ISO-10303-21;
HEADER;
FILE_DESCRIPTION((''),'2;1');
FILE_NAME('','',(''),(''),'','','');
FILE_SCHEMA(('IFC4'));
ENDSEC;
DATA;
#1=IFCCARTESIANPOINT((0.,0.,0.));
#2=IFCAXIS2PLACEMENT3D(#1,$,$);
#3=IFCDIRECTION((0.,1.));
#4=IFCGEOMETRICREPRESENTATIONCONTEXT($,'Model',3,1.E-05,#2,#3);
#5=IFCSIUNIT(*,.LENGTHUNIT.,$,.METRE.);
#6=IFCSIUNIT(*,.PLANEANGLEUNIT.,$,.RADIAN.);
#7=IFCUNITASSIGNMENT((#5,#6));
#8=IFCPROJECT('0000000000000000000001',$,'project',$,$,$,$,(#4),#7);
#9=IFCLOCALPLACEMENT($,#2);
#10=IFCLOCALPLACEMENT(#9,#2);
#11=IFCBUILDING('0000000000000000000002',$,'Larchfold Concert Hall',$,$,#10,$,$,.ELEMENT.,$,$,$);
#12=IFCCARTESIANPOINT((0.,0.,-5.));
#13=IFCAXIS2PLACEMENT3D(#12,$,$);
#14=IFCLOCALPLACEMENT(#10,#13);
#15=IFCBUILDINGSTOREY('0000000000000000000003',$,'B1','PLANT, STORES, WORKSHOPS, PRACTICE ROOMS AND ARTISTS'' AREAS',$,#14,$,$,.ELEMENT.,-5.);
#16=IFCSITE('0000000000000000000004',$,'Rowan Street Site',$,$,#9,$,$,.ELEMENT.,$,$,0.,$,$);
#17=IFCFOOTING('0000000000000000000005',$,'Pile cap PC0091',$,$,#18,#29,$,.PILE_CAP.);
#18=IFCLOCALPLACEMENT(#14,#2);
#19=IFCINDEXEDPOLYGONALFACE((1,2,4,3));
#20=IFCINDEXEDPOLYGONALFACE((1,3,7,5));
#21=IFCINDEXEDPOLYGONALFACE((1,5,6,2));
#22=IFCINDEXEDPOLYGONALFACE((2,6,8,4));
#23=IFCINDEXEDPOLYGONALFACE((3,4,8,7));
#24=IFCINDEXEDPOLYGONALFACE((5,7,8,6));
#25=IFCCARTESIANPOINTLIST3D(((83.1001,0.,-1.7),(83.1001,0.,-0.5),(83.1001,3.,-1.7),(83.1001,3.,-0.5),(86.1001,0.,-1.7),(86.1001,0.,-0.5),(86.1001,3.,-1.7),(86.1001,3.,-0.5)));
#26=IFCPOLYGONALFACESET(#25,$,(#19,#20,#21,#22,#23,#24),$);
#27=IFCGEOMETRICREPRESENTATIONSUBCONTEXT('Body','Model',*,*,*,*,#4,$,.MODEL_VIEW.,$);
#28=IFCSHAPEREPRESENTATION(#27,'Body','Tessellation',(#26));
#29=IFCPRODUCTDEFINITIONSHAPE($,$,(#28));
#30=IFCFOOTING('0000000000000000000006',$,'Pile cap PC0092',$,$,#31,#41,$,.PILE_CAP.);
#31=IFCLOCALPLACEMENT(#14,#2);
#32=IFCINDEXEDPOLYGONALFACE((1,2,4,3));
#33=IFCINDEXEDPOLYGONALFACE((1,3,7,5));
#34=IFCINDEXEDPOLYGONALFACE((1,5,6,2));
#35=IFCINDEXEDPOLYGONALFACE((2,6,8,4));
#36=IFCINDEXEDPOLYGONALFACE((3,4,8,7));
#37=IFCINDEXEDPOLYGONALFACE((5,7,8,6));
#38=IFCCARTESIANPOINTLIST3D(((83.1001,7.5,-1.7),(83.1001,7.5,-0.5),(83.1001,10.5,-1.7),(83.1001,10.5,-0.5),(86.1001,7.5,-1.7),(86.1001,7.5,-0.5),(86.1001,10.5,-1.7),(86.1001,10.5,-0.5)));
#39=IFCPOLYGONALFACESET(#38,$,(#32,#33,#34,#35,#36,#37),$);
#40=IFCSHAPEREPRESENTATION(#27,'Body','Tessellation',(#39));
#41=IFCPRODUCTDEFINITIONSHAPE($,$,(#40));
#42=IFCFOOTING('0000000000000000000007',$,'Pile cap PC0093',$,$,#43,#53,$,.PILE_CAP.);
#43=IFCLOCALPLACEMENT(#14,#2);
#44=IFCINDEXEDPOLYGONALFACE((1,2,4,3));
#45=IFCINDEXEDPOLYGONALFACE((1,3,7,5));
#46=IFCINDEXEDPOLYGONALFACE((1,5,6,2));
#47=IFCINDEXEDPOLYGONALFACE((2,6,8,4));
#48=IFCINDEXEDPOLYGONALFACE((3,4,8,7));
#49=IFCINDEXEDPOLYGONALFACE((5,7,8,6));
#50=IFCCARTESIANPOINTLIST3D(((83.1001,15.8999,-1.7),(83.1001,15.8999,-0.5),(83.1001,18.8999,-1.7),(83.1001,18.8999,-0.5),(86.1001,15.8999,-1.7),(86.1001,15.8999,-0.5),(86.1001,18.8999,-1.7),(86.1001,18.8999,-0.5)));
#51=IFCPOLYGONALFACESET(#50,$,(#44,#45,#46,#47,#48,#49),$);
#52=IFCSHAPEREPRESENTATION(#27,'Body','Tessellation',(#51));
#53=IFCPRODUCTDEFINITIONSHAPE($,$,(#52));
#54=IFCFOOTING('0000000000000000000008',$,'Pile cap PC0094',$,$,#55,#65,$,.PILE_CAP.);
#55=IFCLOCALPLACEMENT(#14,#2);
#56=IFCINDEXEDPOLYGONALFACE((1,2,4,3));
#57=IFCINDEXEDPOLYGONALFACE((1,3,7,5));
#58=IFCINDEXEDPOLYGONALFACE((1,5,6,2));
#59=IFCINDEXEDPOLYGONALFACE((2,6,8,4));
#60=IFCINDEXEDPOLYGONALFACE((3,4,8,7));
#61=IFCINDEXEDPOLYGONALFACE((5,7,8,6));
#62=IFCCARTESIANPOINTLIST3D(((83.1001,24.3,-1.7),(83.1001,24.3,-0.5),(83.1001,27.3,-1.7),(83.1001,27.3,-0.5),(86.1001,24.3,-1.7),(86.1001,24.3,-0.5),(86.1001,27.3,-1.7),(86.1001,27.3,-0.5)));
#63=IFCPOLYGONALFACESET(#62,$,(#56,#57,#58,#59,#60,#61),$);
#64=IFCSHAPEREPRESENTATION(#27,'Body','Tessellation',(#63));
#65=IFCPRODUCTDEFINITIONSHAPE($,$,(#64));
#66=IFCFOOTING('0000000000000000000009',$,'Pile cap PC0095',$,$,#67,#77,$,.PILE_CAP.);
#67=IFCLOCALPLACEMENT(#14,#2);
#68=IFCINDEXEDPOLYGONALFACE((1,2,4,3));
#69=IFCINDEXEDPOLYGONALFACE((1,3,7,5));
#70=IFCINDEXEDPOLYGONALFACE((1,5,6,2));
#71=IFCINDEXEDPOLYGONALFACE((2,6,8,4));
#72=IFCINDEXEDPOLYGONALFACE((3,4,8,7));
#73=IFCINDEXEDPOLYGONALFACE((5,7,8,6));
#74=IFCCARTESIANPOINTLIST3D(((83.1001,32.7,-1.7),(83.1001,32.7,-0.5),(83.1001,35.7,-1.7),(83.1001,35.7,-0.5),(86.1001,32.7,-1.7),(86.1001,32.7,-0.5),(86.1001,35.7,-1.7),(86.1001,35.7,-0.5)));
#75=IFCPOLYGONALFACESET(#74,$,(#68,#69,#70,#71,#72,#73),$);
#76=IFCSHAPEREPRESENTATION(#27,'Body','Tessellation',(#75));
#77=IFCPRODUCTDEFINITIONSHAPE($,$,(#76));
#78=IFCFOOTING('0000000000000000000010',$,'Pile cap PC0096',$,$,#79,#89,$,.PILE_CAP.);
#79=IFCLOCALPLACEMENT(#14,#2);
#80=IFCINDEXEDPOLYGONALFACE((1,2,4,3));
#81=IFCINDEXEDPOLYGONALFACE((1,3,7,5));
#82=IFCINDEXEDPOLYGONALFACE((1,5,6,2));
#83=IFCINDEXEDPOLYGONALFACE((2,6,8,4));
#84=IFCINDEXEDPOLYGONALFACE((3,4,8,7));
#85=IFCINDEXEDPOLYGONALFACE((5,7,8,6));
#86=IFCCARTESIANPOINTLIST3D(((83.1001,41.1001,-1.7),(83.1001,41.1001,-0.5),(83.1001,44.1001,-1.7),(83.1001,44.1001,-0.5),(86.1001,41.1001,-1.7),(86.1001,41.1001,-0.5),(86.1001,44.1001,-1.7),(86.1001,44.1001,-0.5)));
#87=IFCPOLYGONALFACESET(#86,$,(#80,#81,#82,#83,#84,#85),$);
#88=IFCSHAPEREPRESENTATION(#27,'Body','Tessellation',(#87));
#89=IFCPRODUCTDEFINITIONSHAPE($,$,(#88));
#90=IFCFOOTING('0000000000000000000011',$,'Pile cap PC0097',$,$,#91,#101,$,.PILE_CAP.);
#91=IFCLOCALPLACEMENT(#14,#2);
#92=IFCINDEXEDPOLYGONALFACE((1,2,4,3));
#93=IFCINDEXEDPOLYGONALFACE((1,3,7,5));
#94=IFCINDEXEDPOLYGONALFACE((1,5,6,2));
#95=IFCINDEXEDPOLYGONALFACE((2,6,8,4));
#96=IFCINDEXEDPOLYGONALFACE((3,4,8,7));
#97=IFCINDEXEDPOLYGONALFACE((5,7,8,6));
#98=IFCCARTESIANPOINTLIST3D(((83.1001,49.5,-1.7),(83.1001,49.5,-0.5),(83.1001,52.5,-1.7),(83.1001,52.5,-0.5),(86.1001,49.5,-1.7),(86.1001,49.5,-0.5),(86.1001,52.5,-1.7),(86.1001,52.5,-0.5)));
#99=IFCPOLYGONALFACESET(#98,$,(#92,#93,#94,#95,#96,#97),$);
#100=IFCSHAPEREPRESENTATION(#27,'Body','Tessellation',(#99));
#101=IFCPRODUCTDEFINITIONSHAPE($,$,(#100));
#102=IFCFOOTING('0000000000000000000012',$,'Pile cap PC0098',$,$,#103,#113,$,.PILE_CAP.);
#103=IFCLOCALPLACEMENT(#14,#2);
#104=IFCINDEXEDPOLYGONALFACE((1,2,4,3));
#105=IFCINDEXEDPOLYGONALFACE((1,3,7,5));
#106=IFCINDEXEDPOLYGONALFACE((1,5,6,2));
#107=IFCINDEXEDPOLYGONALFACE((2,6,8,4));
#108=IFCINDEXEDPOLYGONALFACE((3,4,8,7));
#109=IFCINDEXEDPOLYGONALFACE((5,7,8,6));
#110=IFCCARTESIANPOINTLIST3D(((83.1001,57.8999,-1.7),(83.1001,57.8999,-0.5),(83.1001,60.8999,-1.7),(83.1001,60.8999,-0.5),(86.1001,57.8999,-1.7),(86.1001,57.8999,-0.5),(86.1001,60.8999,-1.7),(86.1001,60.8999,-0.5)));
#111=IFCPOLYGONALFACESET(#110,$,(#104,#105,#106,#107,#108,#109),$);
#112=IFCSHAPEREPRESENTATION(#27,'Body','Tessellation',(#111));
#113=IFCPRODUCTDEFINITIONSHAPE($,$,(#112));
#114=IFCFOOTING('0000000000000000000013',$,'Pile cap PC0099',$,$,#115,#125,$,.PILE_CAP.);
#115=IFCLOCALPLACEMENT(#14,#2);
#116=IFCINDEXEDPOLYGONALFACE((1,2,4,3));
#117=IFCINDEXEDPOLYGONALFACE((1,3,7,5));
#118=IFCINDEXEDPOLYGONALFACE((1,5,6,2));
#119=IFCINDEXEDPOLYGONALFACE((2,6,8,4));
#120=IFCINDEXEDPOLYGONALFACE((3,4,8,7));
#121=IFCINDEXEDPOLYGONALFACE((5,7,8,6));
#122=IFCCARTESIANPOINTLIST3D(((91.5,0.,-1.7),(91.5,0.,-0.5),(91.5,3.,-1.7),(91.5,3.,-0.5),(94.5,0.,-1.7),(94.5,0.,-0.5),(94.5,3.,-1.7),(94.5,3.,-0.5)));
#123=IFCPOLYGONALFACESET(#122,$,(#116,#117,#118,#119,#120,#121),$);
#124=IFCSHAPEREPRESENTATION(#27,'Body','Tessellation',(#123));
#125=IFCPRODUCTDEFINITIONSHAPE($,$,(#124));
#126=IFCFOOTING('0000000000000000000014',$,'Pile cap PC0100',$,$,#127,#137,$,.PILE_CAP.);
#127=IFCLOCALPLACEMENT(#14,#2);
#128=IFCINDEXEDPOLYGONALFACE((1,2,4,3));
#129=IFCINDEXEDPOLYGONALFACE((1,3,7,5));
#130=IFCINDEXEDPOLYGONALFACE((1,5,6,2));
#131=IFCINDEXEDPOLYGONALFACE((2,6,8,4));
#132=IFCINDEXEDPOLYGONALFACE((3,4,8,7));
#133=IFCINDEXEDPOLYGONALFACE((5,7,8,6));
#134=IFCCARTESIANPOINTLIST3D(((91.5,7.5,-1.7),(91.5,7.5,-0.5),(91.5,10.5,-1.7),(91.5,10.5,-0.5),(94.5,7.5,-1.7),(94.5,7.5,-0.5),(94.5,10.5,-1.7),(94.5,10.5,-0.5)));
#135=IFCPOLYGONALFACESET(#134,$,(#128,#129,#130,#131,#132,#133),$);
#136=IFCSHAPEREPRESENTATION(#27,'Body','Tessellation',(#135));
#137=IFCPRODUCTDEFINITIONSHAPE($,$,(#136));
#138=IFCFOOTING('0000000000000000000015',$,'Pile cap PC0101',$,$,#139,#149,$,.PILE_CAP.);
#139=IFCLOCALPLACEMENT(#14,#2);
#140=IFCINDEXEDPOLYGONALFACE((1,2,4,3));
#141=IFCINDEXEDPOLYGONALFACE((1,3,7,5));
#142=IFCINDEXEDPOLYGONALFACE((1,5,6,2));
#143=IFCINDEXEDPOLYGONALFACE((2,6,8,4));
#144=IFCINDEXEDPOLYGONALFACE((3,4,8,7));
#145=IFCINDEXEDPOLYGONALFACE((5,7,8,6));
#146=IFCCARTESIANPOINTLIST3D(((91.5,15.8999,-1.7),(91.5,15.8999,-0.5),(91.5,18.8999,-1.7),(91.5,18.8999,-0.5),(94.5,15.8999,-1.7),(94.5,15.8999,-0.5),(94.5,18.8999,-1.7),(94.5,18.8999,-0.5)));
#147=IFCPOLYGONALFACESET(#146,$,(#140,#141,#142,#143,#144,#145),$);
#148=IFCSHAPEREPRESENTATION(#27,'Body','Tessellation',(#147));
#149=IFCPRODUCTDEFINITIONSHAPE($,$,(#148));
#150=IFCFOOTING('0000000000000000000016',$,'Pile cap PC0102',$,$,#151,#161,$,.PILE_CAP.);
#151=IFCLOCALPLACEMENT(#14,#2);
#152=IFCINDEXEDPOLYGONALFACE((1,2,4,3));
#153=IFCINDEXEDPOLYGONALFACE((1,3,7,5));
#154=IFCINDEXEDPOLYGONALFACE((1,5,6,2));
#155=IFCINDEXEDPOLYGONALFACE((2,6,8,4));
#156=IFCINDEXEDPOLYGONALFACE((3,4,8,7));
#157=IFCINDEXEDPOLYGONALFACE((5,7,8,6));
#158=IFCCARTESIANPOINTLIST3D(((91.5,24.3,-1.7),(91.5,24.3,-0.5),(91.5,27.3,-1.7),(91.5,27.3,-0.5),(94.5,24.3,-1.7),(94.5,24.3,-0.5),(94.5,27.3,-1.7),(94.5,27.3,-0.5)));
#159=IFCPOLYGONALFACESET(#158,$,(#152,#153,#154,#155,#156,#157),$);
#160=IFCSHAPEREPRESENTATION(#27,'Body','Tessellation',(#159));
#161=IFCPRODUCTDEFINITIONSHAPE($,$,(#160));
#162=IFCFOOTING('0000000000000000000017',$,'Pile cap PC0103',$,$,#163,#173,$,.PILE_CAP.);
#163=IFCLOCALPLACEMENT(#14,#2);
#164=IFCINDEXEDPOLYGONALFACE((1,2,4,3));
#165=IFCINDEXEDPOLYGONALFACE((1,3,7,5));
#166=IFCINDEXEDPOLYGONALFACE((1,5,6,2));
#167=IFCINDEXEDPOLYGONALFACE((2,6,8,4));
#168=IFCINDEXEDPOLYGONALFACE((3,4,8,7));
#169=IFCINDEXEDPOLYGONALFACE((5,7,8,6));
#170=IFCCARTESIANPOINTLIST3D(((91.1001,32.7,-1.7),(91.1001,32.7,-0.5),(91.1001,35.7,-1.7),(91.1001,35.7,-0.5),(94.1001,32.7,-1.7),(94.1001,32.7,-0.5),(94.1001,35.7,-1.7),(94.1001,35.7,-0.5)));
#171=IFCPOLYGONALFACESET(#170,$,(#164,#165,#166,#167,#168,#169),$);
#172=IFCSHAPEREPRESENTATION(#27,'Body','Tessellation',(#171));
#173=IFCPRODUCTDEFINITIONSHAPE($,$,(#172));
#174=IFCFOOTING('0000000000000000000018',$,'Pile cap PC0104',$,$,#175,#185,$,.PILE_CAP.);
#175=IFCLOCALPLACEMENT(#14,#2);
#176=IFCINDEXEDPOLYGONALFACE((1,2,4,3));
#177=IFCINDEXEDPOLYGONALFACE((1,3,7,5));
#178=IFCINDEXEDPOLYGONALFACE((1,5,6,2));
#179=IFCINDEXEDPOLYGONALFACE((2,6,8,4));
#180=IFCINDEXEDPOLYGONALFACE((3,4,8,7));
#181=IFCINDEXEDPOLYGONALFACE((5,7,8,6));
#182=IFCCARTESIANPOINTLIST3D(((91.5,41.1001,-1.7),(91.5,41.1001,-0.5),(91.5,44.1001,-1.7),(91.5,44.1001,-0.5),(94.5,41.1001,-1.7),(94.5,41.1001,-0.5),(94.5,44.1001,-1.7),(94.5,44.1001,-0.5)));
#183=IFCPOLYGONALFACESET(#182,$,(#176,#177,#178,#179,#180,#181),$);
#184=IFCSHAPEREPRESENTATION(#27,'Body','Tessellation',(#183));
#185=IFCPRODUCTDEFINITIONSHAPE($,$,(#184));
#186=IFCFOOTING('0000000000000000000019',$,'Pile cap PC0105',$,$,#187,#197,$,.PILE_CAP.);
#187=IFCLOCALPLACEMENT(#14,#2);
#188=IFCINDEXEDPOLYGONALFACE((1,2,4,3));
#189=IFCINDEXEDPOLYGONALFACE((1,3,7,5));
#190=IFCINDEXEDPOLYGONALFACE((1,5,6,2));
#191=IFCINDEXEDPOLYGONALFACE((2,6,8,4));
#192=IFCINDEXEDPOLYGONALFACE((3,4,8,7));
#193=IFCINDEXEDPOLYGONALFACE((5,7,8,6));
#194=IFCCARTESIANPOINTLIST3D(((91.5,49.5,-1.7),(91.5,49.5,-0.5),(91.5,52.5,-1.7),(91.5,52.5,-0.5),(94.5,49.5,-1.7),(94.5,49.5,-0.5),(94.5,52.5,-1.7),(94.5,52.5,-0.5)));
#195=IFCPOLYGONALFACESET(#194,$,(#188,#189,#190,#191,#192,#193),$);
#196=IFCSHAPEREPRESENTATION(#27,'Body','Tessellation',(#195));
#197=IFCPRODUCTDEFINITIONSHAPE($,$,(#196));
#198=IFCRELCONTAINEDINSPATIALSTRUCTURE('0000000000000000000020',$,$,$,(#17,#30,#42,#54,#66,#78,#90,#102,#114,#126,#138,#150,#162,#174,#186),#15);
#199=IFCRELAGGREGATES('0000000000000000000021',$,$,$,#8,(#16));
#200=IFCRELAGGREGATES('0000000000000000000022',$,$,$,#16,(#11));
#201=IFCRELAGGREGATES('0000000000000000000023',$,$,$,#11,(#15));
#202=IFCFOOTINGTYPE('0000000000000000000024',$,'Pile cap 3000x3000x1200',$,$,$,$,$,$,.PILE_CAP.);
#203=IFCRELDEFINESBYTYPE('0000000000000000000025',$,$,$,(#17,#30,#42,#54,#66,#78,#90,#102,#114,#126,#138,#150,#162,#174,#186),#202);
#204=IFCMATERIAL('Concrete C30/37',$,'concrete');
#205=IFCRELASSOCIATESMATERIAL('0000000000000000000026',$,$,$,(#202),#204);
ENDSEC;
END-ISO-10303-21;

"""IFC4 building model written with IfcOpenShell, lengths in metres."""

from ifc_helpers import new_model, si_unit, direction, frame, origin, place, context, subcontext, project, spatial, polyline, outline, extrude, material, type_object, element, save


model = new_model("IFC4")

# Units and contexts
model_context = context("Model", 3, precision=1e-05, world=origin(), true_north=direction((0.0, 1.0)))
body_context = subcontext(model_context, "Body", "Model", "MODEL_VIEW")
ifc_project = project(units=[si_unit("LENGTHUNIT", "METRE"), si_unit("PLANEANGLEUNIT", "RADIAN")], contexts=[model_context])

# Site, building, storey
site_placement = place(None, origin())
site = spatial("IfcSite", under=ifc_project, at=site_placement, Name="Rowan Street Site", CompositionType="ELEMENT", RefElevation=0.0)
building_placement = place(site_placement, origin())
building = spatial("IfcBuilding", under=site, at=building_placement, Name="Larchfold Concert Hall", CompositionType="ELEMENT")
storey_placement = place(building_placement, frame((0.0, 0.0, -5.0)))
storey = spatial("IfcBuildingStorey", under=building, at=storey_placement, Name="B1", Description="PLANT, STORES, WORKSHOPS, PRACTICE ROOMS AND ARTISTS' AREAS", CompositionType="ELEMENT", Elevation=-5.0)

# Footings
ifc_material_1 = material(Name="Concrete C30/37", Category="concrete")
footing_type_1 = type_object("IfcFootingType", Name="Pile cap 3000x3000x1200", PredefinedType="PILE_CAP", material=ifc_material_1)
footing_1_placement = place(storey_placement, frame((0.0, 0.0, -1.7)))
element("IfcFooting", 1, at=footing_1_placement, inside=storey, type_object=footing_type_1, Name="Pile cap PC0091", PredefinedType="PILE_CAP", context=body_context, shape_type="SweptSolid", body=[
    extrude(outline(polyline([(86.1001, 0.0), (86.1001, 3.0), (83.1001, 3.0), (83.1001, 0.0), (86.1001, 0.0)])), origin(), (0.0, 0.0, 1.0), 1.2),
])
footing_2_placement = place(storey_placement, frame((0.0, 0.0, -1.7)))
element("IfcFooting", 2, at=footing_2_placement, inside=storey, type_object=footing_type_1, Name="Pile cap PC0092", PredefinedType="PILE_CAP", context=body_context, shape_type="SweptSolid", body=[
    extrude(outline(polyline([(86.1001, 7.5), (86.1001, 10.5), (83.1001, 10.5), (83.1001, 7.5), (86.1001, 7.5)])), origin(), (0.0, 0.0, 1.0), 1.2),
])
footing_3_placement = place(storey_placement, frame((0.0, 0.0, -1.7)))
element("IfcFooting", 3, at=footing_3_placement, inside=storey, type_object=footing_type_1, Name="Pile cap PC0093", PredefinedType="PILE_CAP", context=body_context, shape_type="SweptSolid", body=[
    extrude(outline(polyline([(86.1001, 15.8999), (86.1001, 18.8999), (83.1001, 18.8999), (83.1001, 15.8999), (86.1001, 15.8999)])), origin(), (0.0, 0.0, 1.0), 1.2),
])
footing_4_placement = place(storey_placement, frame((0.0, 0.0, -1.7)))
element("IfcFooting", 4, at=footing_4_placement, inside=storey, type_object=footing_type_1, Name="Pile cap PC0094", PredefinedType="PILE_CAP", context=body_context, shape_type="SweptSolid", body=[
    extrude(outline(polyline([(86.1001, 24.3), (86.1001, 27.3), (83.1001, 27.3), (83.1001, 24.3), (86.1001, 24.3)])), origin(), (0.0, 0.0, 1.0), 1.2),
])
footing_5_placement = place(storey_placement, frame((0.0, 0.0, -1.7)))
element("IfcFooting", 5, at=footing_5_placement, inside=storey, type_object=footing_type_1, Name="Pile cap PC0095", PredefinedType="PILE_CAP", context=body_context, shape_type="SweptSolid", body=[
    extrude(outline(polyline([(86.1001, 32.7), (86.1001, 35.7), (83.1001, 35.7), (83.1001, 32.7), (86.1001, 32.7)])), origin(), (0.0, 0.0, 1.0), 1.2),
])
footing_6_placement = place(storey_placement, frame((0.0, 0.0, -1.7)))
element("IfcFooting", 6, at=footing_6_placement, inside=storey, type_object=footing_type_1, Name="Pile cap PC0096", PredefinedType="PILE_CAP", context=body_context, shape_type="SweptSolid", body=[
    extrude(outline(polyline([(86.1001, 41.1001), (86.1001, 44.1001), (83.1001, 44.1001), (83.1001, 41.1001), (86.1001, 41.1001)])), origin(), (0.0, 0.0, 1.0), 1.2),
])
footing_7_placement = place(storey_placement, frame((0.0, 0.0, -1.7)))
element("IfcFooting", 7, at=footing_7_placement, inside=storey, type_object=footing_type_1, Name="Pile cap PC0097", PredefinedType="PILE_CAP", context=body_context, shape_type="SweptSolid", body=[
    extrude(outline(polyline([(86.1001, 49.5), (86.1001, 52.5), (83.1001, 52.5), (83.1001, 49.5), (86.1001, 49.5)])), origin(), (0.0, 0.0, 1.0), 1.2),
])
footing_8_placement = place(storey_placement, frame((0.0, 0.0, -1.7)))
element("IfcFooting", 8, at=footing_8_placement, inside=storey, type_object=footing_type_1, Name="Pile cap PC0098", PredefinedType="PILE_CAP", context=body_context, shape_type="SweptSolid", body=[
    extrude(outline(polyline([(86.1001, 57.8999), (86.1001, 60.8999), (83.1001, 60.8999), (83.1001, 57.8999), (86.1001, 57.8999)])), origin(), (0.0, 0.0, 1.0), 1.2),
])
footing_9_placement = place(storey_placement, frame((0.0, 0.0, -1.7)))
element("IfcFooting", 9, at=footing_9_placement, inside=storey, type_object=footing_type_1, Name="Pile cap PC0099", PredefinedType="PILE_CAP", context=body_context, shape_type="SweptSolid", body=[
    extrude(outline(polyline([(94.5, 0.0), (94.5, 3.0), (91.5, 3.0), (91.5, 0.0), (94.5, 0.0)])), origin(), (0.0, 0.0, 1.0), 1.2),
])
footing_10_placement = place(storey_placement, frame((0.0, 0.0, -1.7)))
element("IfcFooting", 10, at=footing_10_placement, inside=storey, type_object=footing_type_1, Name="Pile cap PC0100", PredefinedType="PILE_CAP", context=body_context, shape_type="SweptSolid", body=[
    extrude(outline(polyline([(94.5, 7.5), (94.5, 10.5), (91.5, 10.5), (91.5, 7.5), (94.5, 7.5)])), origin(), (0.0, 0.0, 1.0), 1.2),
])
footing_11_placement = place(storey_placement, frame((0.0, 0.0, -1.7)))
element("IfcFooting", 11, at=footing_11_placement, inside=storey, type_object=footing_type_1, Name="Pile cap PC0101", PredefinedType="PILE_CAP", context=body_context, shape_type="SweptSolid", body=[
    extrude(outline(polyline([(94.5, 15.8999), (94.5, 18.8999), (91.5, 18.8999), (91.5, 15.8999), (94.5, 15.8999)])), origin(), (0.0, 0.0, 1.0), 1.2),
])
footing_12_placement = place(storey_placement, frame((0.0, 0.0, -1.7)))
element("IfcFooting", 12, at=footing_12_placement, inside=storey, type_object=footing_type_1, Name="Pile cap PC0102", PredefinedType="PILE_CAP", context=body_context, shape_type="SweptSolid", body=[
    extrude(outline(polyline([(94.5, 24.3), (94.5, 27.3), (91.5, 27.3), (91.5, 24.3), (94.5, 24.3)])), origin(), (0.0, 0.0, 1.0), 1.2),
])
footing_13_placement = place(storey_placement, frame((0.0, 0.0, -1.7)))
element("IfcFooting", 13, at=footing_13_placement, inside=storey, type_object=footing_type_1, Name="Pile cap PC0103", PredefinedType="PILE_CAP", context=body_context, shape_type="SweptSolid", body=[
    extrude(outline(polyline([(94.1001, 32.7), (94.1001, 35.7), (91.1001, 35.7), (91.1001, 32.7), (94.1001, 32.7)])), origin(), (0.0, 0.0, 1.0), 1.2),
])
footing_14_placement = place(storey_placement, frame((0.0, 0.0, -1.7)))
element("IfcFooting", 14, at=footing_14_placement, inside=storey, type_object=footing_type_1, Name="Pile cap PC0104", PredefinedType="PILE_CAP", context=body_context, shape_type="SweptSolid", body=[
    extrude(outline(polyline([(94.5, 41.1001), (94.5, 44.1001), (91.5, 44.1001), (91.5, 41.1001), (94.5, 41.1001)])), origin(), (0.0, 0.0, 1.0), 1.2),
])
footing_15_placement = place(storey_placement, frame((0.0, 0.0, -1.7)))
element("IfcFooting", 15, at=footing_15_placement, inside=storey, type_object=footing_type_1, Name="Pile cap PC0105", PredefinedType="PILE_CAP", context=body_context, shape_type="SweptSolid", body=[
    extrude(outline(polyline([(94.5, 49.5), (94.5, 52.5), (91.5, 52.5), (91.5, 49.5), (94.5, 49.5)])), origin(), (0.0, 0.0, 1.0), 1.2),
])

save(model, "model.ifc")
